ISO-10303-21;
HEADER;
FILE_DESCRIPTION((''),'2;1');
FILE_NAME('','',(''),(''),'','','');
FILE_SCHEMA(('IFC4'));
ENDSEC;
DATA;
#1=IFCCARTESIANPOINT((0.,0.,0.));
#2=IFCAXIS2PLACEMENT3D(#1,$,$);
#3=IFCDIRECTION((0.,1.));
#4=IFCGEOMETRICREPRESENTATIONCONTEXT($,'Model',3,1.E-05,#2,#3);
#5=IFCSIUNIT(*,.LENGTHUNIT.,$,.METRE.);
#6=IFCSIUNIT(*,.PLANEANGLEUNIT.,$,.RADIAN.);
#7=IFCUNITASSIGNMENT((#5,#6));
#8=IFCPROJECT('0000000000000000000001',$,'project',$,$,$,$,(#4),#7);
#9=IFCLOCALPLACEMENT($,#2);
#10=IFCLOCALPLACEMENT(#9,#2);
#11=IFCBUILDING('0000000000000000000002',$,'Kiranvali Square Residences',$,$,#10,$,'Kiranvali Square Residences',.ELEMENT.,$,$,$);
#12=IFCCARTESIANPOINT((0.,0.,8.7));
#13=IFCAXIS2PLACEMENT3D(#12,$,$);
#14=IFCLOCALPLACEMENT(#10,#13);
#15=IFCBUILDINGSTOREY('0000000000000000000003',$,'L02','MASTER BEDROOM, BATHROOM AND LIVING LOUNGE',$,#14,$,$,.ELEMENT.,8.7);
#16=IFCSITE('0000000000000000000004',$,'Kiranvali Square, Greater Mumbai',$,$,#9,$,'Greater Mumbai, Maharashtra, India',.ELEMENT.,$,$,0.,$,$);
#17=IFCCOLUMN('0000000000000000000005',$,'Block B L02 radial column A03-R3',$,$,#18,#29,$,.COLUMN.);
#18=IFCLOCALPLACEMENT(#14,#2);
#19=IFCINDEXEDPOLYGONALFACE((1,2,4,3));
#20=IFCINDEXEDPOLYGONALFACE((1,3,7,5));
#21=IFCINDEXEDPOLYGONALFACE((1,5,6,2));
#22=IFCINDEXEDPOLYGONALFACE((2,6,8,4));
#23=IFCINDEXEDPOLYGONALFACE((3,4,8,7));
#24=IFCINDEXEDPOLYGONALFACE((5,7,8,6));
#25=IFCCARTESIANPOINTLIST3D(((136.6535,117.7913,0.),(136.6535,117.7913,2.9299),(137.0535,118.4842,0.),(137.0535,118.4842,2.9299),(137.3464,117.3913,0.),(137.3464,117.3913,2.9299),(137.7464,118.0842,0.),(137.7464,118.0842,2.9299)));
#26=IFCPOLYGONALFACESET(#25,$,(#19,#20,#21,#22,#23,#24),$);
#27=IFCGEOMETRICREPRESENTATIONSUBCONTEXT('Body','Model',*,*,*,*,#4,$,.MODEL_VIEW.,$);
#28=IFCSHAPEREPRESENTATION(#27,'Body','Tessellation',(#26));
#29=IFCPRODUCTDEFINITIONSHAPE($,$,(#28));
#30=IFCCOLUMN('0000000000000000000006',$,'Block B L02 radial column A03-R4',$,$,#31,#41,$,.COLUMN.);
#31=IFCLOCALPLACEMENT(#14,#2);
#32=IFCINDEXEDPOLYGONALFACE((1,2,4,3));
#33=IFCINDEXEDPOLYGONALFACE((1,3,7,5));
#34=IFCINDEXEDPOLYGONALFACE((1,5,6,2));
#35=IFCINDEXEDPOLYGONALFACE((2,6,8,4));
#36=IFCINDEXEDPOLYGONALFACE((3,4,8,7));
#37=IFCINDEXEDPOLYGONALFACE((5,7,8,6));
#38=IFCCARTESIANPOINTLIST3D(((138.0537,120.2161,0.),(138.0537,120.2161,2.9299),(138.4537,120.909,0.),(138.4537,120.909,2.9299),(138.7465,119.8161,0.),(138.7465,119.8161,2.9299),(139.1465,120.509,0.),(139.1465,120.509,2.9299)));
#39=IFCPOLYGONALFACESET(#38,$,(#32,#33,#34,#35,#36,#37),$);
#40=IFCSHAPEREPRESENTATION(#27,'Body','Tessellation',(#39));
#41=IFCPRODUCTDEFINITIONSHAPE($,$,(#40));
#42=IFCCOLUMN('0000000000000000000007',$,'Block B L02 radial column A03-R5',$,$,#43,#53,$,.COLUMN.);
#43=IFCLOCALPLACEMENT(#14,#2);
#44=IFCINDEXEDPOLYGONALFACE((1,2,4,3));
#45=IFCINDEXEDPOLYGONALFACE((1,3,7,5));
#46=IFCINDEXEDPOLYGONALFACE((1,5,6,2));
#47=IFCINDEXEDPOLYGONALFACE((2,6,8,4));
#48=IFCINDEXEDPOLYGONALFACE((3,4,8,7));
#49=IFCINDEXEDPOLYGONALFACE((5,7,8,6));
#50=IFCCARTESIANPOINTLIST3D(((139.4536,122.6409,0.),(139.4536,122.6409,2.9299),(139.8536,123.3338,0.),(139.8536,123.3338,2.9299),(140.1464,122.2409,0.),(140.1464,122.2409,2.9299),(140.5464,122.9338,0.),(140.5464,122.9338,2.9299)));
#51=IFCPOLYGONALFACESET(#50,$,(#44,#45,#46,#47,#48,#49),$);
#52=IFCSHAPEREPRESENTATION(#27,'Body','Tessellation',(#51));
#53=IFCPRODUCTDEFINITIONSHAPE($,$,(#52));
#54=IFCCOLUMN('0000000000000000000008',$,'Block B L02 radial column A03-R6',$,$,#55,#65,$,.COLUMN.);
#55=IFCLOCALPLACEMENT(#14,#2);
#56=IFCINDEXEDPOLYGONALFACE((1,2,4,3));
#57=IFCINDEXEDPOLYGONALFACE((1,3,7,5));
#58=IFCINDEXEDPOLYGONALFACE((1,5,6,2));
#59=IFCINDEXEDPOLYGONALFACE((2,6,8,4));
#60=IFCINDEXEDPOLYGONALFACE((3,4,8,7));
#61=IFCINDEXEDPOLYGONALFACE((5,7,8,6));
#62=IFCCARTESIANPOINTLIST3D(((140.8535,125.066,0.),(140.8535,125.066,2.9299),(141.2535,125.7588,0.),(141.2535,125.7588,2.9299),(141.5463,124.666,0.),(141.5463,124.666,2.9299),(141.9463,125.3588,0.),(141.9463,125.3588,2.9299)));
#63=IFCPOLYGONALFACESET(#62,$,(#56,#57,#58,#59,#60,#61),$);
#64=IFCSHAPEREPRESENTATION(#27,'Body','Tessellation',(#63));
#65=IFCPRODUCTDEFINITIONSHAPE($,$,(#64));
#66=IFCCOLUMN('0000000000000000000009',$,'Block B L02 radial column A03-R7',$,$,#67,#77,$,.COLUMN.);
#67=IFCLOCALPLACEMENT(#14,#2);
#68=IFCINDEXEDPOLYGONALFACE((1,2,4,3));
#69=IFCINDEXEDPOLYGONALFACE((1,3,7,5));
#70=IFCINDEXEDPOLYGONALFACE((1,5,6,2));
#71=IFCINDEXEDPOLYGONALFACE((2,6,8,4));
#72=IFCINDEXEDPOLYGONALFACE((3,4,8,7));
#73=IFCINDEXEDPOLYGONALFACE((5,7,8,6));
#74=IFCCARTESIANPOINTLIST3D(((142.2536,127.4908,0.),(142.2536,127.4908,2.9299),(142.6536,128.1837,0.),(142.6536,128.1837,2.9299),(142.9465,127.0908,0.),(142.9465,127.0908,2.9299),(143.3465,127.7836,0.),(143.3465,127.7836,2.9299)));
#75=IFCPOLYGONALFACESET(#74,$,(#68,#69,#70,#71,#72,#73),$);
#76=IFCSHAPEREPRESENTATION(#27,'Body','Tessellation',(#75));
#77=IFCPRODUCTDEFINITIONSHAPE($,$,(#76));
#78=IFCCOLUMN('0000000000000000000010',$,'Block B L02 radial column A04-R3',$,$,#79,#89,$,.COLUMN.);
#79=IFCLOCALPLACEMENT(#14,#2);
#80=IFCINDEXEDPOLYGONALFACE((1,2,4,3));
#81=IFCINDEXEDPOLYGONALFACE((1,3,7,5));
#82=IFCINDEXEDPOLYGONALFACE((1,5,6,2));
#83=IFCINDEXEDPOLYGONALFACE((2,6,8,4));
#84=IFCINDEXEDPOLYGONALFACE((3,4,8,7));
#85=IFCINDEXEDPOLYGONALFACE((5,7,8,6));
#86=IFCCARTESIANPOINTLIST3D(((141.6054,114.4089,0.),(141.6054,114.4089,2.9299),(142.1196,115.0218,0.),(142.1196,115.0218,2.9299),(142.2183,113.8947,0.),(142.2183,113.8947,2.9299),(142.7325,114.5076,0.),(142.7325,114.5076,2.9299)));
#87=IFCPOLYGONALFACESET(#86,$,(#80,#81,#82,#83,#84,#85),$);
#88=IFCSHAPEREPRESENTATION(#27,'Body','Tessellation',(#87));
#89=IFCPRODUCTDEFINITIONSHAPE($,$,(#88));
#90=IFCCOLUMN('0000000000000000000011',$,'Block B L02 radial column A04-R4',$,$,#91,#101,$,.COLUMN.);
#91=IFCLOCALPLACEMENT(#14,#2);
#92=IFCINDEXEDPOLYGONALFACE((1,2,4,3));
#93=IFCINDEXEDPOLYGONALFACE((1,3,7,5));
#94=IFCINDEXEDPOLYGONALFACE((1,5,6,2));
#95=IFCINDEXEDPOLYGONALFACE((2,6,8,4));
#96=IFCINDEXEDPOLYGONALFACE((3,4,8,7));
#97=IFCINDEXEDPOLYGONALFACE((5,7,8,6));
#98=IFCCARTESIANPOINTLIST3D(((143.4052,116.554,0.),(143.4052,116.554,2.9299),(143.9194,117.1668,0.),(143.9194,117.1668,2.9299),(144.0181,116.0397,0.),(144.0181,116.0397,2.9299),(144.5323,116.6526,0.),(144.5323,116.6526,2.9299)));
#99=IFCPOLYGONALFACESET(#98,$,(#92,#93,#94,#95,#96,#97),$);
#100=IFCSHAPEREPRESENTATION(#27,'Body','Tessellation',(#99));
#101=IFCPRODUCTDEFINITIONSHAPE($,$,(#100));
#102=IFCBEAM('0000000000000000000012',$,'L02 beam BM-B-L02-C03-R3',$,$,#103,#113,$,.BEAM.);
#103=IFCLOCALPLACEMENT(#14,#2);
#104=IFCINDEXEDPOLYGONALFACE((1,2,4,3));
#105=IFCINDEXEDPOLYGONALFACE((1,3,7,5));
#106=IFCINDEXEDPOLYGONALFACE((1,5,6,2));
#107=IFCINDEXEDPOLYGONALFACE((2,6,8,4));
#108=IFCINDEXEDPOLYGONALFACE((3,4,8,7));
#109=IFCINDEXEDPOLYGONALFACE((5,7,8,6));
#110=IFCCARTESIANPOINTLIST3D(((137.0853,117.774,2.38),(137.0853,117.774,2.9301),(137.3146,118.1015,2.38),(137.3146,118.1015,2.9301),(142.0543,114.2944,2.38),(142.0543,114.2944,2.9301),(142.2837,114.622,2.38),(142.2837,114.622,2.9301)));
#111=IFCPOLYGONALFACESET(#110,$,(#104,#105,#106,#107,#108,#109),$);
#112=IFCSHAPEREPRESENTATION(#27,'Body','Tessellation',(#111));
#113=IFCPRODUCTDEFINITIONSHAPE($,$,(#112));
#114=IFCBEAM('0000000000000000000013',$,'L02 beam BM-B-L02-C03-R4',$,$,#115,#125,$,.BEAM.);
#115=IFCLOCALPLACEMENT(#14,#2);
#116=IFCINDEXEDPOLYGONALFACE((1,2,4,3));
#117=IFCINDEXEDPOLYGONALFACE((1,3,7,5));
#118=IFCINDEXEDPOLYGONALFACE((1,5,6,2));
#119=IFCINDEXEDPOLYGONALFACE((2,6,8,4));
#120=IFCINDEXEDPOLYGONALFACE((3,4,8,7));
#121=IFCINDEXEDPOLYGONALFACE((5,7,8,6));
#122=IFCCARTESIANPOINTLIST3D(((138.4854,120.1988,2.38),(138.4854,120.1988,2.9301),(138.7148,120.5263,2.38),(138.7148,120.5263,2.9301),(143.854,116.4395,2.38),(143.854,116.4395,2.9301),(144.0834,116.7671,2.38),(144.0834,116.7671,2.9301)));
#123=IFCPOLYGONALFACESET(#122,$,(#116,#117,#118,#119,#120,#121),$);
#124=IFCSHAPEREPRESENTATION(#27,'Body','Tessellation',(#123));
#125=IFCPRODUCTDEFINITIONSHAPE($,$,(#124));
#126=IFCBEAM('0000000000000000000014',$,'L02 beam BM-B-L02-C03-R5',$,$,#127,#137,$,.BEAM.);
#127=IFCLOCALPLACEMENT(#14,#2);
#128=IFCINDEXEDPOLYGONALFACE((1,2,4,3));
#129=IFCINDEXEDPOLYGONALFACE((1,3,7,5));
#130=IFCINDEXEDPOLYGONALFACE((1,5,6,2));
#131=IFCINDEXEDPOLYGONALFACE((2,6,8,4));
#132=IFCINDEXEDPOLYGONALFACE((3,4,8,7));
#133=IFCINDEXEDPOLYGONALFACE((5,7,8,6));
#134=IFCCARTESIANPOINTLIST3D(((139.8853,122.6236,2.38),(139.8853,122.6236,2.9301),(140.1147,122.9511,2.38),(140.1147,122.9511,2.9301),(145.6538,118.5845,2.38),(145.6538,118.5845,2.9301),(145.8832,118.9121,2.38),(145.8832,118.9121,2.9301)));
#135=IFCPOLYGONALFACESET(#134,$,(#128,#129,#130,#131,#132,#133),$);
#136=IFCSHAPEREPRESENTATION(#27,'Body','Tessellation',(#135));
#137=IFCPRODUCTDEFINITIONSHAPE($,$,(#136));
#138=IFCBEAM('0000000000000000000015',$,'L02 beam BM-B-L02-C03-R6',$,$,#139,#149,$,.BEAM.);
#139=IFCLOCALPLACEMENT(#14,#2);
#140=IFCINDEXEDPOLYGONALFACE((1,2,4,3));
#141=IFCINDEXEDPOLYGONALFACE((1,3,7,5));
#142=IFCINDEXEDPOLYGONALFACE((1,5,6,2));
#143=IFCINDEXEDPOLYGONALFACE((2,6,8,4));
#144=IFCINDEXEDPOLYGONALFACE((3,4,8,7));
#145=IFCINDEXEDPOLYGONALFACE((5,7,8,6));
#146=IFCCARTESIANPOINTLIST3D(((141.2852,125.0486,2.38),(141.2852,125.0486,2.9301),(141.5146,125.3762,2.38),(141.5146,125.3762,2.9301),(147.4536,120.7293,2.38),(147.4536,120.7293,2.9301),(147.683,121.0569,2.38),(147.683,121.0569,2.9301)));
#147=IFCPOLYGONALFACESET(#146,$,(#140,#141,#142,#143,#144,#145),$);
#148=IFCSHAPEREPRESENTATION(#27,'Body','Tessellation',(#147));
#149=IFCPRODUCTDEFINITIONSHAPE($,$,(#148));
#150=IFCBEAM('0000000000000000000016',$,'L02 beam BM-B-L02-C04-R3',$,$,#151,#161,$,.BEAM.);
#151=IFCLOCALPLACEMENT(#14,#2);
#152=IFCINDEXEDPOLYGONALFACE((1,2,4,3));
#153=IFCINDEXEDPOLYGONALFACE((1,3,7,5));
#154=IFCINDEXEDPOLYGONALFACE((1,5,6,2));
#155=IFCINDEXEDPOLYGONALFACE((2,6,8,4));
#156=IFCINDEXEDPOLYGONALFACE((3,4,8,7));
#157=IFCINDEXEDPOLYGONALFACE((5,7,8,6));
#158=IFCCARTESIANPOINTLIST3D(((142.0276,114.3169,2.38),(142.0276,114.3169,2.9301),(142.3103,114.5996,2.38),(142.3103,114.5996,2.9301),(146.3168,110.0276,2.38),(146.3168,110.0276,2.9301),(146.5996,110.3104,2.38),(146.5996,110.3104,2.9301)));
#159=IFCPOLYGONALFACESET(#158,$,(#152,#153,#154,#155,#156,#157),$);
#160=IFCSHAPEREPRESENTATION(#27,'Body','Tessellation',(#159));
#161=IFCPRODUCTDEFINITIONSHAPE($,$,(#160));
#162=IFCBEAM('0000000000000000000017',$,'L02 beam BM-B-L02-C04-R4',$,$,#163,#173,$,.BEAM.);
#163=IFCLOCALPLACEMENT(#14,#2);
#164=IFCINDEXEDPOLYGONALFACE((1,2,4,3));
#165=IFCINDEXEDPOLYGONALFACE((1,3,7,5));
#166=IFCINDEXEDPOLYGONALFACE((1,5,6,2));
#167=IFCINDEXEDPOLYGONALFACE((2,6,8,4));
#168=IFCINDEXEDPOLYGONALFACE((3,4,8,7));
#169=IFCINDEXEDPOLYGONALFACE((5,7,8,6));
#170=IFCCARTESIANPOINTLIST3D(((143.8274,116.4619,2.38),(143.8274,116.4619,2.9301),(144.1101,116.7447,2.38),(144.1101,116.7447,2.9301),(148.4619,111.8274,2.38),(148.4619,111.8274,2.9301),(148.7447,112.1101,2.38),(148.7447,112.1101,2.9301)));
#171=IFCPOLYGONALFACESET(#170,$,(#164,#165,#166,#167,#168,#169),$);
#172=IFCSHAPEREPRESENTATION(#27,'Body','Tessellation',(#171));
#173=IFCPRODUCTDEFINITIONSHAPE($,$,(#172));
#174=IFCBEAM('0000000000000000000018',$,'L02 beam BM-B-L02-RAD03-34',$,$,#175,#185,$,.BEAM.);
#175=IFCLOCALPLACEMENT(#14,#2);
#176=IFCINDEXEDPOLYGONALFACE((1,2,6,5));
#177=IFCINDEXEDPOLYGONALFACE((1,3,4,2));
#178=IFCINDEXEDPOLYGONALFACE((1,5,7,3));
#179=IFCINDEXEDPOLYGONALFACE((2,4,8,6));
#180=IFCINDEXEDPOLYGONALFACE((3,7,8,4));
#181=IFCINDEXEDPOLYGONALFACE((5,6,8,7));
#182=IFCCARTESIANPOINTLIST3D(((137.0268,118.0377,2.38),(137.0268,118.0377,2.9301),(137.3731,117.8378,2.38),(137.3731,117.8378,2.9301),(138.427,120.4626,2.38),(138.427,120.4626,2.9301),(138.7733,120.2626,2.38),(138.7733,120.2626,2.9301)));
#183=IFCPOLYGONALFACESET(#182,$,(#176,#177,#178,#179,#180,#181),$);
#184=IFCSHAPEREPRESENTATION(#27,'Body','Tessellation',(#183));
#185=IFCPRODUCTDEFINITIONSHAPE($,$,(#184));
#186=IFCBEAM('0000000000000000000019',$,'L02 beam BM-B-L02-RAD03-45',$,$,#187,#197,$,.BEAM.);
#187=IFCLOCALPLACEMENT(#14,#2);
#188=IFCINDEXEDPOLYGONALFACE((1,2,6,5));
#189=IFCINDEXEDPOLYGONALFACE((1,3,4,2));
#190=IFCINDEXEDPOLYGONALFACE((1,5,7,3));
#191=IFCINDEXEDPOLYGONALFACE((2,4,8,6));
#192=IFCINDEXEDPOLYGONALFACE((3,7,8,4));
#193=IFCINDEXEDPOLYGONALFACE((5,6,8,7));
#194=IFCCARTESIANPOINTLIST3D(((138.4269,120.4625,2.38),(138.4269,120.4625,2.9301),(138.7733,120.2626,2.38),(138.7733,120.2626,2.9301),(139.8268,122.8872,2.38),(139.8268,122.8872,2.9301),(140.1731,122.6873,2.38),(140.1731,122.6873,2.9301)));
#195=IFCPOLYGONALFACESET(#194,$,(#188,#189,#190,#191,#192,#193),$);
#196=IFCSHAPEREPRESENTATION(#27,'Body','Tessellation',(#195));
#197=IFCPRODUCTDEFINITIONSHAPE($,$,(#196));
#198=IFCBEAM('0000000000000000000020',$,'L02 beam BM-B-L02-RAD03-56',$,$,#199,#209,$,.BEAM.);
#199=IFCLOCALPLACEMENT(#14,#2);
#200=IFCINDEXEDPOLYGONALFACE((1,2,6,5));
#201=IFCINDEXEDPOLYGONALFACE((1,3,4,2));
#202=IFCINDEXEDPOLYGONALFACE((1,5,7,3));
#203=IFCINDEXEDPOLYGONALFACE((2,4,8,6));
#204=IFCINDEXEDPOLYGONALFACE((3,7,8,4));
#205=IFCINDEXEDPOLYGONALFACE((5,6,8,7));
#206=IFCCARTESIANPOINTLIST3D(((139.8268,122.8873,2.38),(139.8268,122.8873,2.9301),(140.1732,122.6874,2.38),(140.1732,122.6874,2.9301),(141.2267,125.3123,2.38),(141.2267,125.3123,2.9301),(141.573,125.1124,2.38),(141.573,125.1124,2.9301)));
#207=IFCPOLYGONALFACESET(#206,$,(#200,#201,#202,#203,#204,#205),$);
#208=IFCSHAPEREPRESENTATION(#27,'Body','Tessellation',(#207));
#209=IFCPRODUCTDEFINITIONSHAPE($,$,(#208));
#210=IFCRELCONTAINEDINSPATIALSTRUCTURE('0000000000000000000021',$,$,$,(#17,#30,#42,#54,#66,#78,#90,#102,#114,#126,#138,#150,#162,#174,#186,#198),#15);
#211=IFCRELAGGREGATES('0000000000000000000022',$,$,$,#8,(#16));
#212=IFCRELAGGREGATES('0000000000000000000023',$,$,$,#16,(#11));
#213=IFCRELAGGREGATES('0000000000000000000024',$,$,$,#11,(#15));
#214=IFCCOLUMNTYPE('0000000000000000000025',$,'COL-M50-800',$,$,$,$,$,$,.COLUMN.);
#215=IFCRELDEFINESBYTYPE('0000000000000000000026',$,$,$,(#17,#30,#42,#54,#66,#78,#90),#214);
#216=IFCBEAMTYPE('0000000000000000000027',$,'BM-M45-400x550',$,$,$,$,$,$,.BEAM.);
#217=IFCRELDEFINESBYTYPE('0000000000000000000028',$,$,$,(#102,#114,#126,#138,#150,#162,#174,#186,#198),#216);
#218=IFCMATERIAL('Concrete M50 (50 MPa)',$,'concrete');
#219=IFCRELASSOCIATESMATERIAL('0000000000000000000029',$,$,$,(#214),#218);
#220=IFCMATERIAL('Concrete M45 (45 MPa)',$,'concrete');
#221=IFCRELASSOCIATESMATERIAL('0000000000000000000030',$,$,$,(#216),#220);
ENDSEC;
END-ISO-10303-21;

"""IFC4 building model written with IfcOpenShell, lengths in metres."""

from ifc_helpers import new_model, si_unit, direction, frame, origin, origin_2d, place, context, subcontext, project, spatial, rectangle, extrude, material, material_profile, profile_set, type_object, element, save


model = new_model("IFC4")

# Units and contexts
model_context = context("Model", 3, precision=1e-05, world=origin(), true_north=direction((0.0, 1.0)))
body_context = subcontext(model_context, "Body", "Model", "MODEL_VIEW")
ifc_project = project(units=[si_unit("LENGTHUNIT", "METRE"), si_unit("PLANEANGLEUNIT", "RADIAN")], contexts=[model_context])

# Site, building, storey
site_placement = place(None, origin())
site = spatial("IfcSite", under=ifc_project, at=site_placement, Name="Kiranvali Square, Greater Mumbai", LongName="Greater Mumbai, Maharashtra, India", CompositionType="ELEMENT", RefElevation=0.0)
building_placement = place(site_placement, origin())
building = spatial("IfcBuilding", under=site, at=building_placement, Name="Kiranvali Square Residences", LongName="Kiranvali Square Residences", CompositionType="ELEMENT")
storey_placement = place(building_placement, frame((0.0, 0.0, 8.7)))
storey = spatial("IfcBuildingStorey", under=building, at=storey_placement, Name="L02", Description="MASTER BEDROOM, BATHROOM AND LIVING LOUNGE", CompositionType="ELEMENT", Elevation=8.7)

# Columns
ifc_material_1 = material(Name="Concrete M50 (50 MPa)", Category="concrete")
ifc_material_profile_1 = material_profile(ifc_material_1, rectangle(XDim=0.8, YDim=0.8, at=origin_2d()), Name="RC 800x800")
ifc_profile_set_1 = profile_set([ifc_material_profile_1], Name="Concrete M50 (50 MPa)")
column_type = type_object("IfcColumnType", Name="COL-M50-800", PredefinedType="COLUMN", material=ifc_profile_set_1)
for number, where, z_axis, x_axis, name in (
    (1, (137.2, 117.9377, 0.0), (0.0, 0.0, 1.0), (-0.866025, 0.5, 0.0), "Block B L02 radial column A03-R3"),
    (2, (138.6001, 120.3625, 0.0), (0.0, 0.0, 1.0), (-0.866025, 0.5, 0.0), "Block B L02 radial column A03-R4"),
    (3, (140.0, 122.7874, 0.0), (0.0, 0.0, 1.0), (-0.866025, 0.5, 0.0), "Block B L02 radial column A03-R5"),
    (4, (141.3999, 125.2124, 0.0), (0.0, 0.0, 1.0), (-0.866025, 0.5, 0.0), "Block B L02 radial column A03-R6"),
    (5, (142.8, 127.6372, 0.0), (0.0, 0.0, 1.0), (-0.866025, 0.5, 0.0), "Block B L02 radial column A03-R7"),
    (6, (142.1689, 114.4583, 0.0), (0.0, 0.0, 1.0), (-0.766044, 0.642788, 0.0), "Block B L02 radial column A04-R3"),
    (7, (143.9688, 116.6033, 0.0), (0.0, 0.0, 1.0), (-0.766044, 0.642788, 0.0), "Block B L02 radial column A04-R4"),
):
    element("IfcColumn", number, at=place(storey_placement, frame(where, z_axis=z_axis, x_axis=x_axis)), inside=storey, type_object=column_type, Name=name, PredefinedType="COLUMN", context=body_context, shape_type="SweptSolid", body=[
        extrude(rectangle(XDim=0.8, YDim=0.8, at=origin_2d()), origin(), (0.0, 0.0, 1.0), 2.9299),
    ])

# Beams
ifc_material_2 = material(Name="Concrete M45 (45 MPa)", Category="concrete")
ifc_material_profile_2 = material_profile(ifc_material_2, rectangle(XDim=0.3999, YDim=0.55, at=origin_2d()), Name="RC 400x550")
ifc_profile_set_2 = profile_set([ifc_material_profile_2], Name="Concrete M45 (45 MPa)")
beam_type_1 = type_object("IfcBeamType", Name="BM-M45-400x550", PredefinedType="BEAM", material=ifc_profile_set_2)
beam_1_placement = place(storey_placement, frame((137.2, 117.9377, 2.655), z_axis=(0.819139, -0.573595, 0.0), x_axis=(0.573595, 0.819139, 0.0)))
element("IfcBeam", 8, at=beam_1_placement, inside=storey, type_object=beam_type_1, Name="L02 beam BM-B-L02-C03-R3", PredefinedType="BEAM", context=body_context, shape_type="SweptSolid", body=[
    extrude(rectangle(XDim=0.3999, YDim=0.55, at=origin_2d()), origin(), (0.0, 0.0, 1.0), 6.0662),
])
beam_2_placement = place(storey_placement, frame((138.6001, 120.3625, 2.655), z_axis=(0.819144, -0.573587, 0.0), x_axis=(0.573587, 0.819144, 0.0)))
element("IfcBeam", 9, at=beam_2_placement, inside=storey, type_object=beam_type_1, Name="L02 beam BM-B-L02-C03-R4", PredefinedType="BEAM", context=body_context, shape_type="SweptSolid", body=[
    extrude(rectangle(XDim=0.3999, YDim=0.55, at=origin_2d()), origin(), (0.0, 0.0, 1.0), 6.554),
])
beam_3_placement = place(storey_placement, frame((140.0, 122.7874, 2.655), z_axis=(0.81916, -0.573565, 0.0), x_axis=(0.573565, 0.81916, 0.0)))
element("IfcBeam", 10, at=beam_3_placement, inside=storey, type_object=beam_type_1, Name="L02 beam BM-B-L02-C03-R5", PredefinedType="BEAM", context=body_context, shape_type="SweptSolid", body=[
    extrude(rectangle(XDim=0.3999, YDim=0.55, at=origin_2d()), origin(), (0.0, 0.0, 1.0), 7.042),
])
beam_4_placement = place(storey_placement, frame((141.3999, 125.2124, 2.655), z_axis=(0.819144, -0.573589, 0.0), x_axis=(0.573589, 0.819144, 0.0)))
element("IfcBeam", 11, at=beam_4_placement, inside=storey, type_object=beam_type_1, Name="L02 beam BM-B-L02-C03-R6", PredefinedType="BEAM", context=body_context, shape_type="SweptSolid", body=[
    extrude(rectangle(XDim=0.3999, YDim=0.55, at=origin_2d()), origin(), (0.0, 0.0, 1.0), 7.5303),
])
beam_5_placement = place(storey_placement, frame((142.1689, 114.4583, 2.655), z_axis=(0.707107, -0.707107, 0.0), x_axis=(0.707107, 0.707107, 0.0)))
element("IfcBeam", 12, at=beam_5_placement, inside=storey, type_object=beam_type_1, Name="L02 beam BM-B-L02-C04-R3", PredefinedType="BEAM", context=body_context, shape_type="SweptSolid", body=[
    extrude(rectangle(XDim=0.3999, YDim=0.55, at=origin_2d()), origin(), (0.0, 0.0, 1.0), 6.0659),
])
beam_6_placement = place(storey_placement, frame((143.9688, 116.6033, 2.655), z_axis=(0.707107, -0.707107, 0.0), x_axis=(0.707107, 0.707107, 0.0)))
element("IfcBeam", 13, at=beam_6_placement, inside=storey, type_object=beam_type_1, Name="L02 beam BM-B-L02-C04-R4", PredefinedType="BEAM", context=body_context, shape_type="SweptSolid", body=[
    extrude(rectangle(XDim=0.3999, YDim=0.55, at=origin_2d()), origin(), (0.0, 0.0, 1.0), 6.5542),
])
beam_7_placement = place(storey_placement, frame((137.2, 117.9377, 2.655), z_axis=(0.50005, 0.865997, 0.0), x_axis=(-0.865997, 0.50005, 0.0)))
element("IfcBeam", 14, at=beam_7_placement, inside=storey, type_object=beam_type_1, Name="L02 beam BM-B-L02-RAD03-34", PredefinedType="BEAM", context=body_context, shape_type="SweptSolid", body=[
    extrude(rectangle(XDim=0.3999, YDim=0.55, at=origin_2d()), origin(), (0.0, 0.0, 1.0), 2.8),
])
beam_8_placement = place(storey_placement, frame((138.6001, 120.3625, 2.655), z_axis=(0.499984, 0.866035, 0.0), x_axis=(-0.866035, 0.499984, 0.0)))
element("IfcBeam", 15, at=beam_8_placement, inside=storey, type_object=beam_type_1, Name="L02 beam BM-B-L02-RAD03-45", PredefinedType="BEAM", context=body_context, shape_type="SweptSolid", body=[
    extrude(rectangle(XDim=0.3999, YDim=0.55, at=origin_2d()), origin(), (0.0, 0.0, 1.0), 2.7998),
])
for number, where, z_axis, x_axis, name in (
    (16, (140.0, 122.7874, 2.655), (0.499946, 0.866056, 0.0), (-0.866056, 0.499946, 0.0), "L02 beam BM-B-L02-RAD03-56"),
):
    element("IfcBeam", number, at=place(storey_placement, frame(where, z_axis=z_axis, x_axis=x_axis)), inside=storey, type_object=beam_type_1, Name=name, PredefinedType="BEAM", context=body_context, shape_type="SweptSolid", body=[
        extrude(rectangle(XDim=0.3999, YDim=0.55, at=origin_2d()), origin(), (0.0, 0.0, 1.0), 2.8),
    ])

save(model, "model.ifc")
